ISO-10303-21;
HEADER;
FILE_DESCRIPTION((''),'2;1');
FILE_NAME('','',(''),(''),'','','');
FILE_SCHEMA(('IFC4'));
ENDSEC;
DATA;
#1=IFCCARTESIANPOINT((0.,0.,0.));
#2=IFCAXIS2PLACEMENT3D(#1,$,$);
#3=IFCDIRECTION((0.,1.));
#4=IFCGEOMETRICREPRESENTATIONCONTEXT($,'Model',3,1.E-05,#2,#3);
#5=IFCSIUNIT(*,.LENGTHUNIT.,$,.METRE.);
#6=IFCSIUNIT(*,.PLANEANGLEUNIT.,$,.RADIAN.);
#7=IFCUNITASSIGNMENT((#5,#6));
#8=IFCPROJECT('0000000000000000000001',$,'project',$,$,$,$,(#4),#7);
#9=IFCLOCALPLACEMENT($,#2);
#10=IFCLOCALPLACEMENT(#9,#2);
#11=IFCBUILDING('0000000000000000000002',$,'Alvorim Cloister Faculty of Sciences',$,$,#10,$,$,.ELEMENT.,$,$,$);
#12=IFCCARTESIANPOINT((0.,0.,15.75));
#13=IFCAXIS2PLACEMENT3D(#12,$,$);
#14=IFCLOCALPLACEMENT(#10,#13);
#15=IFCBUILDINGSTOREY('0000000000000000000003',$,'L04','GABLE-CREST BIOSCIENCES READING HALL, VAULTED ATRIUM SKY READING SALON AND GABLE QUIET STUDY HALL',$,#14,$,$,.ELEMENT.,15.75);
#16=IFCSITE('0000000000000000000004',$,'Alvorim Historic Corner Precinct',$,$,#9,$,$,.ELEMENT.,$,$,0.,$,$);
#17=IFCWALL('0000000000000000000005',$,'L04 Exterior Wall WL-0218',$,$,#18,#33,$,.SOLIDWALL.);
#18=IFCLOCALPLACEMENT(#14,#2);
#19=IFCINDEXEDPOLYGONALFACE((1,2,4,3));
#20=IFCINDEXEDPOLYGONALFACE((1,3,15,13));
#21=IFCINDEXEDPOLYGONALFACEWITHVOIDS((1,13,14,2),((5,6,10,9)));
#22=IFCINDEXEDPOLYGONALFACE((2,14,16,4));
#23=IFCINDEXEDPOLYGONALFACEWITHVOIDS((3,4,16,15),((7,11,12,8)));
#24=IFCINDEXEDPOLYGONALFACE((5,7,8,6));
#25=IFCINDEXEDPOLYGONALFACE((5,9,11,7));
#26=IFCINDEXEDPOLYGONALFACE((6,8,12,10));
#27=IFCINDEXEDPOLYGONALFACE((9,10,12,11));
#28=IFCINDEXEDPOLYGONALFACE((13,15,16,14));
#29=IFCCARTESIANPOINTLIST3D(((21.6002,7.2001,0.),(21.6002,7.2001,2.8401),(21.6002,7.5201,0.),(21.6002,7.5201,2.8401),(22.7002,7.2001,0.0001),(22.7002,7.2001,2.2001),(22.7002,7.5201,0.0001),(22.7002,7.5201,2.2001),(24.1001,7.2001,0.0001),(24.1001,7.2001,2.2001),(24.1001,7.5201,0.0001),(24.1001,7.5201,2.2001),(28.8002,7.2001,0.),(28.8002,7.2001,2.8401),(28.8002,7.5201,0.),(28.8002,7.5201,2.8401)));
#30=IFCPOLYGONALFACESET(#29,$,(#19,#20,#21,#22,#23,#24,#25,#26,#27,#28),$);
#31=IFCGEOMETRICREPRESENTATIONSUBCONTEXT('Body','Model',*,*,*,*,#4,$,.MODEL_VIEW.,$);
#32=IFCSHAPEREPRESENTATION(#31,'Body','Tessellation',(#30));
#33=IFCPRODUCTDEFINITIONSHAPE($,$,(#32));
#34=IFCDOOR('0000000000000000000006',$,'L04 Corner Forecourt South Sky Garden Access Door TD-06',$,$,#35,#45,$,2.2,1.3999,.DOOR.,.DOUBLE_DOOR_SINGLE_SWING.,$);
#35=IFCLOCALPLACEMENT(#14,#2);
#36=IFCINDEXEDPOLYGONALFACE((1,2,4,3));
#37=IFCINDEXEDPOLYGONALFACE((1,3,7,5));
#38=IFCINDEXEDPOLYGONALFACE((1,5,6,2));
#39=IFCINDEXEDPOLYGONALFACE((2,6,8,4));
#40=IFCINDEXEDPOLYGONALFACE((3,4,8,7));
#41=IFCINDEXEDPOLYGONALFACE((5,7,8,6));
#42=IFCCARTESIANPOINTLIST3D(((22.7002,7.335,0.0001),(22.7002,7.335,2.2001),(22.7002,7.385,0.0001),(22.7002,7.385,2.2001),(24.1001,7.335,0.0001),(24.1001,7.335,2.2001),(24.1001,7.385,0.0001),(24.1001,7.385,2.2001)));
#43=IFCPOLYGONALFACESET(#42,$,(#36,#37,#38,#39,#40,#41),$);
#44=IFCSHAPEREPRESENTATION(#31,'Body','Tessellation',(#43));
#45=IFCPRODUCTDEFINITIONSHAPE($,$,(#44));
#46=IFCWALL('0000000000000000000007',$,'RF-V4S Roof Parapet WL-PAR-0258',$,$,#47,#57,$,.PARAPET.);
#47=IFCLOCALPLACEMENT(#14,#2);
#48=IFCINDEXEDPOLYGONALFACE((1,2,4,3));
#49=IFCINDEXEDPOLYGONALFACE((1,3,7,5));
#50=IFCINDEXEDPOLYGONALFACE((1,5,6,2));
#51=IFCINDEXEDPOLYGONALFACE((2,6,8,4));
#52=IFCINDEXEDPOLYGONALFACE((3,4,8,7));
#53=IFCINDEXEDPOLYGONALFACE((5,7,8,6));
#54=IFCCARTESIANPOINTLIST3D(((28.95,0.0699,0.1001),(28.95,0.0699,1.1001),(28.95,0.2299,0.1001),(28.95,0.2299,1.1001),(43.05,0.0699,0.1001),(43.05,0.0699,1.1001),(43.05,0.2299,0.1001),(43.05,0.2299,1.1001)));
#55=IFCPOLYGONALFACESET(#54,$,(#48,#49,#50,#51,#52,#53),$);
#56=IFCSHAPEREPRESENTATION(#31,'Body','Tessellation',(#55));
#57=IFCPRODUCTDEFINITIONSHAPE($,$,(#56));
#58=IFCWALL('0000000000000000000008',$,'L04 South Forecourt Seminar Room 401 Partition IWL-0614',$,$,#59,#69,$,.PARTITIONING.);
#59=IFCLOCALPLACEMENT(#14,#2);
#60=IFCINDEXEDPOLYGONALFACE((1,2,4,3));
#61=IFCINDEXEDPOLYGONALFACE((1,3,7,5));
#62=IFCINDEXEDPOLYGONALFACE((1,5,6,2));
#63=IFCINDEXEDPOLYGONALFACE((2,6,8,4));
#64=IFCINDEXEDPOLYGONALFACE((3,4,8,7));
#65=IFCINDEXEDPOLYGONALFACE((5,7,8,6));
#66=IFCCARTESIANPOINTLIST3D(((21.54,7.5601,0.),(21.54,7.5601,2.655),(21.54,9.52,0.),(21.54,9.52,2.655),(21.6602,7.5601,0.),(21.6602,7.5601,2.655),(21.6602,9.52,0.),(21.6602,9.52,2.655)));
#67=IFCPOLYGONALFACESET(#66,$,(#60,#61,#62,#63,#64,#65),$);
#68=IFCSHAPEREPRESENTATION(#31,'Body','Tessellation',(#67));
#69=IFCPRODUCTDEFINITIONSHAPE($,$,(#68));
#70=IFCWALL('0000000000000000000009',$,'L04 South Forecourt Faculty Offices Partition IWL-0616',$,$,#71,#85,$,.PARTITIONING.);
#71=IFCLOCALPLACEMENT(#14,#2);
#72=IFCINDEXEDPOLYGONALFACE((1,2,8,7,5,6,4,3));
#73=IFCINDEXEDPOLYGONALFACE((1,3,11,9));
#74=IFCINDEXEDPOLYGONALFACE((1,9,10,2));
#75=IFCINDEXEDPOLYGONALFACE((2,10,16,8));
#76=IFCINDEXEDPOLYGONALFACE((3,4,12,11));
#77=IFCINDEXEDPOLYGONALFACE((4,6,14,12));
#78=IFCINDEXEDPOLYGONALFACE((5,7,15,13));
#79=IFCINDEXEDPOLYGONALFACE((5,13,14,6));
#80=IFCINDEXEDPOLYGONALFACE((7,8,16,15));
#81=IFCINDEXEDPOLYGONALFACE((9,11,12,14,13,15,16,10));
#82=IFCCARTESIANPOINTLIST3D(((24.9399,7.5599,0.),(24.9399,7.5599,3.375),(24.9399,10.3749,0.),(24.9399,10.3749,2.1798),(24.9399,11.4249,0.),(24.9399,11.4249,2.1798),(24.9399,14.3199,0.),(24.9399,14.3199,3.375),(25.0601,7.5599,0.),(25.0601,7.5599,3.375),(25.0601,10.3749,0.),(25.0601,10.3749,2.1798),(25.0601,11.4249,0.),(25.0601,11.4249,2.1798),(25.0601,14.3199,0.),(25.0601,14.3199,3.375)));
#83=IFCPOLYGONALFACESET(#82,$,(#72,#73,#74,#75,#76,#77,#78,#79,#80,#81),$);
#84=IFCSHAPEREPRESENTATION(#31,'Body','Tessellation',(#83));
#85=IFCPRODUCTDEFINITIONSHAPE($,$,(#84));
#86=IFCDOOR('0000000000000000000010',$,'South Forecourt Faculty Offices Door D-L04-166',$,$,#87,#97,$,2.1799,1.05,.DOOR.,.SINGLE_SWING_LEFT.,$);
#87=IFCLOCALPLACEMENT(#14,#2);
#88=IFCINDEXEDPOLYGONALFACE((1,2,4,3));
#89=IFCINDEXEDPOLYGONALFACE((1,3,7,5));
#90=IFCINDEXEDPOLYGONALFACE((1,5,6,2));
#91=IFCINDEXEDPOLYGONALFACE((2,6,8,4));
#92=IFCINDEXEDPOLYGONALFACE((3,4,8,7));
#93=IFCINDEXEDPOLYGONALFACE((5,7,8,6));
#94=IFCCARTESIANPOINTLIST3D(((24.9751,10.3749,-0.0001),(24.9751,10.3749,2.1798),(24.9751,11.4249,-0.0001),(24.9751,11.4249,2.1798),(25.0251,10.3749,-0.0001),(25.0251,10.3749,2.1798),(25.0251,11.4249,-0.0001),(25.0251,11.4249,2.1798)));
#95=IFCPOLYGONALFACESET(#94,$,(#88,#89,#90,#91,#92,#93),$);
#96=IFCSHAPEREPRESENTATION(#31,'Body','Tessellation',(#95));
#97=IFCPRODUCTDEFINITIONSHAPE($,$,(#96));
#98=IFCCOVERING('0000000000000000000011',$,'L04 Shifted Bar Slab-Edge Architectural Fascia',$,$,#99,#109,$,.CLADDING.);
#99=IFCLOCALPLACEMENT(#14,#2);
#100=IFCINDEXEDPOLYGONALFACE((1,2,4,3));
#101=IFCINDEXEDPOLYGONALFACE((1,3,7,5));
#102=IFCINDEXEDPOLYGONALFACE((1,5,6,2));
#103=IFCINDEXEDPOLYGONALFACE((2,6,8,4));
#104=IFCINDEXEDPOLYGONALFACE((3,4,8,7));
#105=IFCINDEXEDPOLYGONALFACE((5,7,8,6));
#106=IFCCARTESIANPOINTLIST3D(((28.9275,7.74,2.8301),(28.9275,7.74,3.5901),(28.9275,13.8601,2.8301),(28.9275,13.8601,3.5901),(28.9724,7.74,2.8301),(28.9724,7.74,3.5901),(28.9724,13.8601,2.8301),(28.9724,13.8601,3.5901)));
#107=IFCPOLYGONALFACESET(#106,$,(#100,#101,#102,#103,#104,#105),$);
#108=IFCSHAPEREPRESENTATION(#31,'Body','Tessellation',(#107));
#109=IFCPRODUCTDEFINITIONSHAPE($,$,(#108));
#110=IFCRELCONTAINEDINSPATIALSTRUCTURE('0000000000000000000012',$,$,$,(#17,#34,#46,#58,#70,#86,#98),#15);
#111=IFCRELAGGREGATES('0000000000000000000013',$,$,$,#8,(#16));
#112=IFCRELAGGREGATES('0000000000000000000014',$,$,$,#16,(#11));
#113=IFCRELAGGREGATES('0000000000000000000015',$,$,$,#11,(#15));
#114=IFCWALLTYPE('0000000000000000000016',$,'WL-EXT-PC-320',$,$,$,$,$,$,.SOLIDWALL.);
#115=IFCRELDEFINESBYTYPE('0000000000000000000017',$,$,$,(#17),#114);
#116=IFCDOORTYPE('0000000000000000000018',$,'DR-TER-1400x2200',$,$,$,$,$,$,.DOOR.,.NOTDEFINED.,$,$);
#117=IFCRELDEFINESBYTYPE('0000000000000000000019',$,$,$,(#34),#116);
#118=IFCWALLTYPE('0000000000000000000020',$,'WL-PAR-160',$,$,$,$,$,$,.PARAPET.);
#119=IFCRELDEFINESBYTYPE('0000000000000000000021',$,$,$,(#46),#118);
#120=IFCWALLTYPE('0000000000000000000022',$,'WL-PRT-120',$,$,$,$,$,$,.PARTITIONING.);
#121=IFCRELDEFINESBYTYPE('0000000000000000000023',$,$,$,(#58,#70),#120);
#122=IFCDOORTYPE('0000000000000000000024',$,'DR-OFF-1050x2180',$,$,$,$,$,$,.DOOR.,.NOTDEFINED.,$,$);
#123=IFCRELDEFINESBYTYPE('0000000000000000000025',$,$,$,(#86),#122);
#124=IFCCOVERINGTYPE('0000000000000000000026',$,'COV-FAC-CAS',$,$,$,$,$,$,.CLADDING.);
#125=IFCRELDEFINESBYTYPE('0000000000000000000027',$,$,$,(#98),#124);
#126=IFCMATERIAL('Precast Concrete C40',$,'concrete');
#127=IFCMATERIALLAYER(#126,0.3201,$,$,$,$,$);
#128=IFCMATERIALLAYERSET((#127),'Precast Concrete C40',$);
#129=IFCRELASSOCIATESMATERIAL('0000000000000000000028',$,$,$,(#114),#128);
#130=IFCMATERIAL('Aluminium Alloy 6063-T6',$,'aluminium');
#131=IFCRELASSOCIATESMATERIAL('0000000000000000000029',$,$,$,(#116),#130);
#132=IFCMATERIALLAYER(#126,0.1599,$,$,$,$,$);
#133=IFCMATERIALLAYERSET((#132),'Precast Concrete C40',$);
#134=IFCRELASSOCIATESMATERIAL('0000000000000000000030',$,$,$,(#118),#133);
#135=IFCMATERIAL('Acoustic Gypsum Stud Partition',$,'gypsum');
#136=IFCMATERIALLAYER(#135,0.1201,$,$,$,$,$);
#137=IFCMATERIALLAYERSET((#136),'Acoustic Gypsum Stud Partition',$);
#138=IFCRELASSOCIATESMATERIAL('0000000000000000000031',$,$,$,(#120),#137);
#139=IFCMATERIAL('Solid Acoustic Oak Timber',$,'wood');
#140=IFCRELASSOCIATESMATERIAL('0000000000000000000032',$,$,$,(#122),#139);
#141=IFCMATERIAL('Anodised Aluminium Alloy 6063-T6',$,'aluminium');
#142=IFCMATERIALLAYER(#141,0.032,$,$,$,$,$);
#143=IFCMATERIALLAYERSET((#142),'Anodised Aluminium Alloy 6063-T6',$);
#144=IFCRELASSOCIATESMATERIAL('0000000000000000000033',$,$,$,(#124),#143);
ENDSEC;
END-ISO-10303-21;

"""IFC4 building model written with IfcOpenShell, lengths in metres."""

from ifc_helpers import new_model, si_unit, direction, frame, frame_2d, origin, place, context, subcontext, project, spatial, polyline, rectangle, outline, extrude, material, layer, layer_set, type_object, element, fill, save


model = new_model("IFC4")

# Units and contexts
model_context = context("Model", 3, precision=1e-05, world=origin(), true_north=direction((0.0, 1.0)))
body_context = subcontext(model_context, "Body", "Model", "MODEL_VIEW")
ifc_project = project(units=[si_unit("LENGTHUNIT", "METRE"), si_unit("PLANEANGLEUNIT", "RADIAN")], contexts=[model_context])

# Site, building, storey
site_placement = place(None, origin())
site = spatial("IfcSite", under=ifc_project, at=site_placement, Name="Alvorim Historic Corner Precinct", CompositionType="ELEMENT", RefElevation=0.0)
building_placement = place(site_placement, origin())
building = spatial("IfcBuilding", under=site, at=building_placement, Name="Alvorim Cloister Faculty of Sciences", CompositionType="ELEMENT")
storey_placement = place(building_placement, frame((0.0, 0.0, 15.75)))
storey = spatial("IfcBuildingStorey", under=building, at=storey_placement, Name="L04", Description="GABLE-CREST BIOSCIENCES READING HALL, VAULTED ATRIUM SKY READING SALON AND GABLE QUIET STUDY HALL", CompositionType="ELEMENT", Elevation=15.75)

# Shared definitions
ifc_material_1 = material(Name="Aluminium Alloy 6063-T6", Category="aluminium")

# Wall, opening, door
ifc_material_2 = material(Name="Precast Concrete C40", Category="concrete")
ifc_layer_1 = layer(ifc_material_2, 0.3201)
ifc_layer_set_1 = layer_set([ifc_layer_1], Name="Precast Concrete C40")
wall_type_1 = type_object("IfcWallType", Name="WL-EXT-PC-320", PredefinedType="SOLIDWALL", material=ifc_layer_set_1)
wall_1_placement = place(storey_placement, frame((21.6001, 7.3601, 0.0), z_axis=(0.0, 0.0, 1.0), x_axis=(1.0, 0.0, 0.0)))
wall_1 = element("IfcWall", 1, at=wall_1_placement, inside=storey, type_object=wall_type_1, Name="L04 Exterior Wall WL-0218", PredefinedType="SOLIDWALL", context=body_context, shape_type="SweptSolid", body=[
    extrude(rectangle(XDim=7.2, YDim=0.3201, at=frame_2d((3.6001, 0.0))), origin(), (0.0, 0.0, 1.0), 2.8401),
])
opening_1_placement = place(wall_1_placement, frame((1.1001, 0.0, 0.0)))
opening_1 = element("IfcOpeningElement", 2, at=opening_1_placement, cuts=wall_1, PredefinedType="OPENING", context=body_context, shape_type="SweptSolid", body=[
    extrude(rectangle(XDim=1.3999, YDim=2.2, at=frame_2d((0.7, 1.1001))), frame((0.0, 0.1719, 0.0), z_axis=(0.0, -1.0, 0.0), x_axis=(1.0, 0.0, 0.0)), (0.0, 0.0, 1.0), 0.344),
])
door_type_1 = type_object("IfcDoorType", Name="DR-TER-1400x2200", OperationType="NOTDEFINED", PredefinedType="DOOR", material=ifc_material_1)
door_1_placement = place(opening_1_placement, origin())
door_1 = element("IfcDoor", 3, at=door_1_placement, inside=storey, type_object=door_type_1, Name="L04 Corner Forecourt South Sky Garden Access Door TD-06", OperationType="DOUBLE_DOOR_SINGLE_SWING", OverallHeight=2.2, OverallWidth=1.3999, PredefinedType="DOOR", context=body_context, shape_type="SweptSolid", body=[
    extrude(rectangle(XDim=1.3999, YDim=2.2, at=frame_2d((0.7, 1.1001))), frame((0.0, 0.0249, 0.0), z_axis=(0.0, -1.0, 0.0), x_axis=(1.0, 0.0, 0.0)), (0.0, 0.0, 1.0), 0.05),
])
fill(opening_1, door_1)

# Walls
ifc_layer_2 = layer(ifc_material_2, 0.1599)
ifc_layer_set_2 = layer_set([ifc_layer_2], Name="Precast Concrete C40")
wall_type_2 = type_object("IfcWallType", Name="WL-PAR-160", PredefinedType="PARAPET", material=ifc_layer_set_2)
wall_2_placement = place(storey_placement, frame((28.95, 0.1499, 0.1001), z_axis=(0.0, 0.0, 1.0), x_axis=(1.0, 0.0, 0.0)))
element("IfcWall", 4, at=wall_2_placement, inside=storey, type_object=wall_type_2, Name="RF-V4S Roof Parapet WL-PAR-0258", PredefinedType="PARAPET", context=body_context, shape_type="SweptSolid", body=[
    extrude(rectangle(XDim=14.1001, YDim=0.1599, at=frame_2d((7.05, 0.0))), origin(), (0.0, 0.0, 1.0), 1.0),
])
ifc_material_3 = material(Name="Acoustic Gypsum Stud Partition", Category="gypsum")
ifc_layer_3 = layer(ifc_material_3, 0.1201)
ifc_layer_set_3 = layer_set([ifc_layer_3], Name="Acoustic Gypsum Stud Partition")
wall_type_3 = type_object("IfcWallType", Name="WL-PRT-120", PredefinedType="PARTITIONING", material=ifc_layer_set_3)
wall_3_placement = place(storey_placement, frame((21.6001, 7.5601, 0.0), z_axis=(0.0, 0.0, 1.0), x_axis=(0.0, 1.0, 0.0)))
element("IfcWall", 5, at=wall_3_placement, inside=storey, type_object=wall_type_3, Name="L04 South Forecourt Seminar Room 401 Partition IWL-0614", PredefinedType="PARTITIONING", context=body_context, shape_type="SweptSolid", body=[
    extrude(rectangle(XDim=1.96, YDim=0.1201, at=frame_2d((0.98, 0.0))), origin(), (0.0, 0.0, 1.0), 2.655),
])

# Wall, opening, door
wall_4_placement = place(storey_placement, frame((25.0, 7.5601, 0.0), z_axis=(0.0, 0.0, 1.0), x_axis=(0.0, 1.0, 0.0)))
wall_4 = element("IfcWall", 6, at=wall_4_placement, inside=storey, type_object=wall_type_3, Name="L04 South Forecourt Faculty Offices Partition IWL-0616", PredefinedType="PARTITIONING", context=body_context, shape_type="SweptSolid", body=[
    extrude(rectangle(XDim=6.76, YDim=0.1201, at=frame_2d((3.3799, 0.0))), origin(), (0.0, 0.0, 1.0), 3.375),
])
opening_2_placement = place(wall_4_placement, frame((2.8149, 0.0, 0.0)))
opening_2 = element("IfcOpeningElement", 7, at=opening_2_placement, cuts=wall_4, PredefinedType="OPENING", context=body_context, shape_type="SweptSolid", body=[
    extrude(rectangle(XDim=1.05, YDim=2.1799, at=frame_2d((0.5249, 1.0898))), frame((0.0, 0.072, 0.0), z_axis=(0.0, -1.0, 0.0), x_axis=(1.0, 0.0, 0.0)), (0.0, 0.0, 1.0), 0.144),
])
ifc_material_4 = material(Name="Solid Acoustic Oak Timber", Category="wood")
door_type_2 = type_object("IfcDoorType", Name="DR-OFF-1050x2180", OperationType="NOTDEFINED", PredefinedType="DOOR", material=ifc_material_4)
door_2_placement = place(opening_2_placement, origin())
door_2 = element("IfcDoor", 8, at=door_2_placement, inside=storey, type_object=door_type_2, Name="South Forecourt Faculty Offices Door D-L04-166", OperationType="SINGLE_SWING_LEFT", OverallHeight=2.1799, OverallWidth=1.05, PredefinedType="DOOR", context=body_context, shape_type="SweptSolid", body=[
    extrude(rectangle(XDim=1.05, YDim=2.1799, at=frame_2d((0.5249, 1.0898))), frame((0.0, 0.0249, 0.0), z_axis=(0.0, -1.0, 0.0), x_axis=(1.0, 0.0, 0.0)), (0.0, 0.0, 1.0), 0.05),
])
fill(opening_2, door_2)

# Covering
ifc_material_5 = material(Name="Anodised Aluminium Alloy 6063-T6", Category="aluminium")
ifc_layer_4 = layer(ifc_material_5, 0.032)
ifc_layer_set_4 = layer_set([ifc_layer_4], Name="Anodised Aluminium Alloy 6063-T6")
covering_type = type_object("IfcCoveringType", Name="COV-FAC-CAS", PredefinedType="CLADDING", material=ifc_layer_set_4)
covering_placement = place(storey_placement, frame((28.95, 7.74, 2.8301), z_axis=(0.0, 0.0, 1.0), x_axis=(0.0, 1.0, 0.0)))
element("IfcCovering", 9, at=covering_placement, inside=storey, type_object=covering_type, Name="L04 Shifted Bar Slab-Edge Architectural Fascia", PredefinedType="CLADDING", context=body_context, shape_type="SweptSolid", body=[
    extrude(outline(polyline([(0.0, 0.0), (6.1201, 0.0), (6.1201, 0.76), (0.0, 0.76), (0.0, 0.0)])), frame((0.0, 0.0225, 0.0), z_axis=(0.0, -1.0, 0.0), x_axis=(1.0, 0.0, 0.0)), (0.0, 0.0, 1.0), 0.0449),
])

save(model, "model.ifc")
